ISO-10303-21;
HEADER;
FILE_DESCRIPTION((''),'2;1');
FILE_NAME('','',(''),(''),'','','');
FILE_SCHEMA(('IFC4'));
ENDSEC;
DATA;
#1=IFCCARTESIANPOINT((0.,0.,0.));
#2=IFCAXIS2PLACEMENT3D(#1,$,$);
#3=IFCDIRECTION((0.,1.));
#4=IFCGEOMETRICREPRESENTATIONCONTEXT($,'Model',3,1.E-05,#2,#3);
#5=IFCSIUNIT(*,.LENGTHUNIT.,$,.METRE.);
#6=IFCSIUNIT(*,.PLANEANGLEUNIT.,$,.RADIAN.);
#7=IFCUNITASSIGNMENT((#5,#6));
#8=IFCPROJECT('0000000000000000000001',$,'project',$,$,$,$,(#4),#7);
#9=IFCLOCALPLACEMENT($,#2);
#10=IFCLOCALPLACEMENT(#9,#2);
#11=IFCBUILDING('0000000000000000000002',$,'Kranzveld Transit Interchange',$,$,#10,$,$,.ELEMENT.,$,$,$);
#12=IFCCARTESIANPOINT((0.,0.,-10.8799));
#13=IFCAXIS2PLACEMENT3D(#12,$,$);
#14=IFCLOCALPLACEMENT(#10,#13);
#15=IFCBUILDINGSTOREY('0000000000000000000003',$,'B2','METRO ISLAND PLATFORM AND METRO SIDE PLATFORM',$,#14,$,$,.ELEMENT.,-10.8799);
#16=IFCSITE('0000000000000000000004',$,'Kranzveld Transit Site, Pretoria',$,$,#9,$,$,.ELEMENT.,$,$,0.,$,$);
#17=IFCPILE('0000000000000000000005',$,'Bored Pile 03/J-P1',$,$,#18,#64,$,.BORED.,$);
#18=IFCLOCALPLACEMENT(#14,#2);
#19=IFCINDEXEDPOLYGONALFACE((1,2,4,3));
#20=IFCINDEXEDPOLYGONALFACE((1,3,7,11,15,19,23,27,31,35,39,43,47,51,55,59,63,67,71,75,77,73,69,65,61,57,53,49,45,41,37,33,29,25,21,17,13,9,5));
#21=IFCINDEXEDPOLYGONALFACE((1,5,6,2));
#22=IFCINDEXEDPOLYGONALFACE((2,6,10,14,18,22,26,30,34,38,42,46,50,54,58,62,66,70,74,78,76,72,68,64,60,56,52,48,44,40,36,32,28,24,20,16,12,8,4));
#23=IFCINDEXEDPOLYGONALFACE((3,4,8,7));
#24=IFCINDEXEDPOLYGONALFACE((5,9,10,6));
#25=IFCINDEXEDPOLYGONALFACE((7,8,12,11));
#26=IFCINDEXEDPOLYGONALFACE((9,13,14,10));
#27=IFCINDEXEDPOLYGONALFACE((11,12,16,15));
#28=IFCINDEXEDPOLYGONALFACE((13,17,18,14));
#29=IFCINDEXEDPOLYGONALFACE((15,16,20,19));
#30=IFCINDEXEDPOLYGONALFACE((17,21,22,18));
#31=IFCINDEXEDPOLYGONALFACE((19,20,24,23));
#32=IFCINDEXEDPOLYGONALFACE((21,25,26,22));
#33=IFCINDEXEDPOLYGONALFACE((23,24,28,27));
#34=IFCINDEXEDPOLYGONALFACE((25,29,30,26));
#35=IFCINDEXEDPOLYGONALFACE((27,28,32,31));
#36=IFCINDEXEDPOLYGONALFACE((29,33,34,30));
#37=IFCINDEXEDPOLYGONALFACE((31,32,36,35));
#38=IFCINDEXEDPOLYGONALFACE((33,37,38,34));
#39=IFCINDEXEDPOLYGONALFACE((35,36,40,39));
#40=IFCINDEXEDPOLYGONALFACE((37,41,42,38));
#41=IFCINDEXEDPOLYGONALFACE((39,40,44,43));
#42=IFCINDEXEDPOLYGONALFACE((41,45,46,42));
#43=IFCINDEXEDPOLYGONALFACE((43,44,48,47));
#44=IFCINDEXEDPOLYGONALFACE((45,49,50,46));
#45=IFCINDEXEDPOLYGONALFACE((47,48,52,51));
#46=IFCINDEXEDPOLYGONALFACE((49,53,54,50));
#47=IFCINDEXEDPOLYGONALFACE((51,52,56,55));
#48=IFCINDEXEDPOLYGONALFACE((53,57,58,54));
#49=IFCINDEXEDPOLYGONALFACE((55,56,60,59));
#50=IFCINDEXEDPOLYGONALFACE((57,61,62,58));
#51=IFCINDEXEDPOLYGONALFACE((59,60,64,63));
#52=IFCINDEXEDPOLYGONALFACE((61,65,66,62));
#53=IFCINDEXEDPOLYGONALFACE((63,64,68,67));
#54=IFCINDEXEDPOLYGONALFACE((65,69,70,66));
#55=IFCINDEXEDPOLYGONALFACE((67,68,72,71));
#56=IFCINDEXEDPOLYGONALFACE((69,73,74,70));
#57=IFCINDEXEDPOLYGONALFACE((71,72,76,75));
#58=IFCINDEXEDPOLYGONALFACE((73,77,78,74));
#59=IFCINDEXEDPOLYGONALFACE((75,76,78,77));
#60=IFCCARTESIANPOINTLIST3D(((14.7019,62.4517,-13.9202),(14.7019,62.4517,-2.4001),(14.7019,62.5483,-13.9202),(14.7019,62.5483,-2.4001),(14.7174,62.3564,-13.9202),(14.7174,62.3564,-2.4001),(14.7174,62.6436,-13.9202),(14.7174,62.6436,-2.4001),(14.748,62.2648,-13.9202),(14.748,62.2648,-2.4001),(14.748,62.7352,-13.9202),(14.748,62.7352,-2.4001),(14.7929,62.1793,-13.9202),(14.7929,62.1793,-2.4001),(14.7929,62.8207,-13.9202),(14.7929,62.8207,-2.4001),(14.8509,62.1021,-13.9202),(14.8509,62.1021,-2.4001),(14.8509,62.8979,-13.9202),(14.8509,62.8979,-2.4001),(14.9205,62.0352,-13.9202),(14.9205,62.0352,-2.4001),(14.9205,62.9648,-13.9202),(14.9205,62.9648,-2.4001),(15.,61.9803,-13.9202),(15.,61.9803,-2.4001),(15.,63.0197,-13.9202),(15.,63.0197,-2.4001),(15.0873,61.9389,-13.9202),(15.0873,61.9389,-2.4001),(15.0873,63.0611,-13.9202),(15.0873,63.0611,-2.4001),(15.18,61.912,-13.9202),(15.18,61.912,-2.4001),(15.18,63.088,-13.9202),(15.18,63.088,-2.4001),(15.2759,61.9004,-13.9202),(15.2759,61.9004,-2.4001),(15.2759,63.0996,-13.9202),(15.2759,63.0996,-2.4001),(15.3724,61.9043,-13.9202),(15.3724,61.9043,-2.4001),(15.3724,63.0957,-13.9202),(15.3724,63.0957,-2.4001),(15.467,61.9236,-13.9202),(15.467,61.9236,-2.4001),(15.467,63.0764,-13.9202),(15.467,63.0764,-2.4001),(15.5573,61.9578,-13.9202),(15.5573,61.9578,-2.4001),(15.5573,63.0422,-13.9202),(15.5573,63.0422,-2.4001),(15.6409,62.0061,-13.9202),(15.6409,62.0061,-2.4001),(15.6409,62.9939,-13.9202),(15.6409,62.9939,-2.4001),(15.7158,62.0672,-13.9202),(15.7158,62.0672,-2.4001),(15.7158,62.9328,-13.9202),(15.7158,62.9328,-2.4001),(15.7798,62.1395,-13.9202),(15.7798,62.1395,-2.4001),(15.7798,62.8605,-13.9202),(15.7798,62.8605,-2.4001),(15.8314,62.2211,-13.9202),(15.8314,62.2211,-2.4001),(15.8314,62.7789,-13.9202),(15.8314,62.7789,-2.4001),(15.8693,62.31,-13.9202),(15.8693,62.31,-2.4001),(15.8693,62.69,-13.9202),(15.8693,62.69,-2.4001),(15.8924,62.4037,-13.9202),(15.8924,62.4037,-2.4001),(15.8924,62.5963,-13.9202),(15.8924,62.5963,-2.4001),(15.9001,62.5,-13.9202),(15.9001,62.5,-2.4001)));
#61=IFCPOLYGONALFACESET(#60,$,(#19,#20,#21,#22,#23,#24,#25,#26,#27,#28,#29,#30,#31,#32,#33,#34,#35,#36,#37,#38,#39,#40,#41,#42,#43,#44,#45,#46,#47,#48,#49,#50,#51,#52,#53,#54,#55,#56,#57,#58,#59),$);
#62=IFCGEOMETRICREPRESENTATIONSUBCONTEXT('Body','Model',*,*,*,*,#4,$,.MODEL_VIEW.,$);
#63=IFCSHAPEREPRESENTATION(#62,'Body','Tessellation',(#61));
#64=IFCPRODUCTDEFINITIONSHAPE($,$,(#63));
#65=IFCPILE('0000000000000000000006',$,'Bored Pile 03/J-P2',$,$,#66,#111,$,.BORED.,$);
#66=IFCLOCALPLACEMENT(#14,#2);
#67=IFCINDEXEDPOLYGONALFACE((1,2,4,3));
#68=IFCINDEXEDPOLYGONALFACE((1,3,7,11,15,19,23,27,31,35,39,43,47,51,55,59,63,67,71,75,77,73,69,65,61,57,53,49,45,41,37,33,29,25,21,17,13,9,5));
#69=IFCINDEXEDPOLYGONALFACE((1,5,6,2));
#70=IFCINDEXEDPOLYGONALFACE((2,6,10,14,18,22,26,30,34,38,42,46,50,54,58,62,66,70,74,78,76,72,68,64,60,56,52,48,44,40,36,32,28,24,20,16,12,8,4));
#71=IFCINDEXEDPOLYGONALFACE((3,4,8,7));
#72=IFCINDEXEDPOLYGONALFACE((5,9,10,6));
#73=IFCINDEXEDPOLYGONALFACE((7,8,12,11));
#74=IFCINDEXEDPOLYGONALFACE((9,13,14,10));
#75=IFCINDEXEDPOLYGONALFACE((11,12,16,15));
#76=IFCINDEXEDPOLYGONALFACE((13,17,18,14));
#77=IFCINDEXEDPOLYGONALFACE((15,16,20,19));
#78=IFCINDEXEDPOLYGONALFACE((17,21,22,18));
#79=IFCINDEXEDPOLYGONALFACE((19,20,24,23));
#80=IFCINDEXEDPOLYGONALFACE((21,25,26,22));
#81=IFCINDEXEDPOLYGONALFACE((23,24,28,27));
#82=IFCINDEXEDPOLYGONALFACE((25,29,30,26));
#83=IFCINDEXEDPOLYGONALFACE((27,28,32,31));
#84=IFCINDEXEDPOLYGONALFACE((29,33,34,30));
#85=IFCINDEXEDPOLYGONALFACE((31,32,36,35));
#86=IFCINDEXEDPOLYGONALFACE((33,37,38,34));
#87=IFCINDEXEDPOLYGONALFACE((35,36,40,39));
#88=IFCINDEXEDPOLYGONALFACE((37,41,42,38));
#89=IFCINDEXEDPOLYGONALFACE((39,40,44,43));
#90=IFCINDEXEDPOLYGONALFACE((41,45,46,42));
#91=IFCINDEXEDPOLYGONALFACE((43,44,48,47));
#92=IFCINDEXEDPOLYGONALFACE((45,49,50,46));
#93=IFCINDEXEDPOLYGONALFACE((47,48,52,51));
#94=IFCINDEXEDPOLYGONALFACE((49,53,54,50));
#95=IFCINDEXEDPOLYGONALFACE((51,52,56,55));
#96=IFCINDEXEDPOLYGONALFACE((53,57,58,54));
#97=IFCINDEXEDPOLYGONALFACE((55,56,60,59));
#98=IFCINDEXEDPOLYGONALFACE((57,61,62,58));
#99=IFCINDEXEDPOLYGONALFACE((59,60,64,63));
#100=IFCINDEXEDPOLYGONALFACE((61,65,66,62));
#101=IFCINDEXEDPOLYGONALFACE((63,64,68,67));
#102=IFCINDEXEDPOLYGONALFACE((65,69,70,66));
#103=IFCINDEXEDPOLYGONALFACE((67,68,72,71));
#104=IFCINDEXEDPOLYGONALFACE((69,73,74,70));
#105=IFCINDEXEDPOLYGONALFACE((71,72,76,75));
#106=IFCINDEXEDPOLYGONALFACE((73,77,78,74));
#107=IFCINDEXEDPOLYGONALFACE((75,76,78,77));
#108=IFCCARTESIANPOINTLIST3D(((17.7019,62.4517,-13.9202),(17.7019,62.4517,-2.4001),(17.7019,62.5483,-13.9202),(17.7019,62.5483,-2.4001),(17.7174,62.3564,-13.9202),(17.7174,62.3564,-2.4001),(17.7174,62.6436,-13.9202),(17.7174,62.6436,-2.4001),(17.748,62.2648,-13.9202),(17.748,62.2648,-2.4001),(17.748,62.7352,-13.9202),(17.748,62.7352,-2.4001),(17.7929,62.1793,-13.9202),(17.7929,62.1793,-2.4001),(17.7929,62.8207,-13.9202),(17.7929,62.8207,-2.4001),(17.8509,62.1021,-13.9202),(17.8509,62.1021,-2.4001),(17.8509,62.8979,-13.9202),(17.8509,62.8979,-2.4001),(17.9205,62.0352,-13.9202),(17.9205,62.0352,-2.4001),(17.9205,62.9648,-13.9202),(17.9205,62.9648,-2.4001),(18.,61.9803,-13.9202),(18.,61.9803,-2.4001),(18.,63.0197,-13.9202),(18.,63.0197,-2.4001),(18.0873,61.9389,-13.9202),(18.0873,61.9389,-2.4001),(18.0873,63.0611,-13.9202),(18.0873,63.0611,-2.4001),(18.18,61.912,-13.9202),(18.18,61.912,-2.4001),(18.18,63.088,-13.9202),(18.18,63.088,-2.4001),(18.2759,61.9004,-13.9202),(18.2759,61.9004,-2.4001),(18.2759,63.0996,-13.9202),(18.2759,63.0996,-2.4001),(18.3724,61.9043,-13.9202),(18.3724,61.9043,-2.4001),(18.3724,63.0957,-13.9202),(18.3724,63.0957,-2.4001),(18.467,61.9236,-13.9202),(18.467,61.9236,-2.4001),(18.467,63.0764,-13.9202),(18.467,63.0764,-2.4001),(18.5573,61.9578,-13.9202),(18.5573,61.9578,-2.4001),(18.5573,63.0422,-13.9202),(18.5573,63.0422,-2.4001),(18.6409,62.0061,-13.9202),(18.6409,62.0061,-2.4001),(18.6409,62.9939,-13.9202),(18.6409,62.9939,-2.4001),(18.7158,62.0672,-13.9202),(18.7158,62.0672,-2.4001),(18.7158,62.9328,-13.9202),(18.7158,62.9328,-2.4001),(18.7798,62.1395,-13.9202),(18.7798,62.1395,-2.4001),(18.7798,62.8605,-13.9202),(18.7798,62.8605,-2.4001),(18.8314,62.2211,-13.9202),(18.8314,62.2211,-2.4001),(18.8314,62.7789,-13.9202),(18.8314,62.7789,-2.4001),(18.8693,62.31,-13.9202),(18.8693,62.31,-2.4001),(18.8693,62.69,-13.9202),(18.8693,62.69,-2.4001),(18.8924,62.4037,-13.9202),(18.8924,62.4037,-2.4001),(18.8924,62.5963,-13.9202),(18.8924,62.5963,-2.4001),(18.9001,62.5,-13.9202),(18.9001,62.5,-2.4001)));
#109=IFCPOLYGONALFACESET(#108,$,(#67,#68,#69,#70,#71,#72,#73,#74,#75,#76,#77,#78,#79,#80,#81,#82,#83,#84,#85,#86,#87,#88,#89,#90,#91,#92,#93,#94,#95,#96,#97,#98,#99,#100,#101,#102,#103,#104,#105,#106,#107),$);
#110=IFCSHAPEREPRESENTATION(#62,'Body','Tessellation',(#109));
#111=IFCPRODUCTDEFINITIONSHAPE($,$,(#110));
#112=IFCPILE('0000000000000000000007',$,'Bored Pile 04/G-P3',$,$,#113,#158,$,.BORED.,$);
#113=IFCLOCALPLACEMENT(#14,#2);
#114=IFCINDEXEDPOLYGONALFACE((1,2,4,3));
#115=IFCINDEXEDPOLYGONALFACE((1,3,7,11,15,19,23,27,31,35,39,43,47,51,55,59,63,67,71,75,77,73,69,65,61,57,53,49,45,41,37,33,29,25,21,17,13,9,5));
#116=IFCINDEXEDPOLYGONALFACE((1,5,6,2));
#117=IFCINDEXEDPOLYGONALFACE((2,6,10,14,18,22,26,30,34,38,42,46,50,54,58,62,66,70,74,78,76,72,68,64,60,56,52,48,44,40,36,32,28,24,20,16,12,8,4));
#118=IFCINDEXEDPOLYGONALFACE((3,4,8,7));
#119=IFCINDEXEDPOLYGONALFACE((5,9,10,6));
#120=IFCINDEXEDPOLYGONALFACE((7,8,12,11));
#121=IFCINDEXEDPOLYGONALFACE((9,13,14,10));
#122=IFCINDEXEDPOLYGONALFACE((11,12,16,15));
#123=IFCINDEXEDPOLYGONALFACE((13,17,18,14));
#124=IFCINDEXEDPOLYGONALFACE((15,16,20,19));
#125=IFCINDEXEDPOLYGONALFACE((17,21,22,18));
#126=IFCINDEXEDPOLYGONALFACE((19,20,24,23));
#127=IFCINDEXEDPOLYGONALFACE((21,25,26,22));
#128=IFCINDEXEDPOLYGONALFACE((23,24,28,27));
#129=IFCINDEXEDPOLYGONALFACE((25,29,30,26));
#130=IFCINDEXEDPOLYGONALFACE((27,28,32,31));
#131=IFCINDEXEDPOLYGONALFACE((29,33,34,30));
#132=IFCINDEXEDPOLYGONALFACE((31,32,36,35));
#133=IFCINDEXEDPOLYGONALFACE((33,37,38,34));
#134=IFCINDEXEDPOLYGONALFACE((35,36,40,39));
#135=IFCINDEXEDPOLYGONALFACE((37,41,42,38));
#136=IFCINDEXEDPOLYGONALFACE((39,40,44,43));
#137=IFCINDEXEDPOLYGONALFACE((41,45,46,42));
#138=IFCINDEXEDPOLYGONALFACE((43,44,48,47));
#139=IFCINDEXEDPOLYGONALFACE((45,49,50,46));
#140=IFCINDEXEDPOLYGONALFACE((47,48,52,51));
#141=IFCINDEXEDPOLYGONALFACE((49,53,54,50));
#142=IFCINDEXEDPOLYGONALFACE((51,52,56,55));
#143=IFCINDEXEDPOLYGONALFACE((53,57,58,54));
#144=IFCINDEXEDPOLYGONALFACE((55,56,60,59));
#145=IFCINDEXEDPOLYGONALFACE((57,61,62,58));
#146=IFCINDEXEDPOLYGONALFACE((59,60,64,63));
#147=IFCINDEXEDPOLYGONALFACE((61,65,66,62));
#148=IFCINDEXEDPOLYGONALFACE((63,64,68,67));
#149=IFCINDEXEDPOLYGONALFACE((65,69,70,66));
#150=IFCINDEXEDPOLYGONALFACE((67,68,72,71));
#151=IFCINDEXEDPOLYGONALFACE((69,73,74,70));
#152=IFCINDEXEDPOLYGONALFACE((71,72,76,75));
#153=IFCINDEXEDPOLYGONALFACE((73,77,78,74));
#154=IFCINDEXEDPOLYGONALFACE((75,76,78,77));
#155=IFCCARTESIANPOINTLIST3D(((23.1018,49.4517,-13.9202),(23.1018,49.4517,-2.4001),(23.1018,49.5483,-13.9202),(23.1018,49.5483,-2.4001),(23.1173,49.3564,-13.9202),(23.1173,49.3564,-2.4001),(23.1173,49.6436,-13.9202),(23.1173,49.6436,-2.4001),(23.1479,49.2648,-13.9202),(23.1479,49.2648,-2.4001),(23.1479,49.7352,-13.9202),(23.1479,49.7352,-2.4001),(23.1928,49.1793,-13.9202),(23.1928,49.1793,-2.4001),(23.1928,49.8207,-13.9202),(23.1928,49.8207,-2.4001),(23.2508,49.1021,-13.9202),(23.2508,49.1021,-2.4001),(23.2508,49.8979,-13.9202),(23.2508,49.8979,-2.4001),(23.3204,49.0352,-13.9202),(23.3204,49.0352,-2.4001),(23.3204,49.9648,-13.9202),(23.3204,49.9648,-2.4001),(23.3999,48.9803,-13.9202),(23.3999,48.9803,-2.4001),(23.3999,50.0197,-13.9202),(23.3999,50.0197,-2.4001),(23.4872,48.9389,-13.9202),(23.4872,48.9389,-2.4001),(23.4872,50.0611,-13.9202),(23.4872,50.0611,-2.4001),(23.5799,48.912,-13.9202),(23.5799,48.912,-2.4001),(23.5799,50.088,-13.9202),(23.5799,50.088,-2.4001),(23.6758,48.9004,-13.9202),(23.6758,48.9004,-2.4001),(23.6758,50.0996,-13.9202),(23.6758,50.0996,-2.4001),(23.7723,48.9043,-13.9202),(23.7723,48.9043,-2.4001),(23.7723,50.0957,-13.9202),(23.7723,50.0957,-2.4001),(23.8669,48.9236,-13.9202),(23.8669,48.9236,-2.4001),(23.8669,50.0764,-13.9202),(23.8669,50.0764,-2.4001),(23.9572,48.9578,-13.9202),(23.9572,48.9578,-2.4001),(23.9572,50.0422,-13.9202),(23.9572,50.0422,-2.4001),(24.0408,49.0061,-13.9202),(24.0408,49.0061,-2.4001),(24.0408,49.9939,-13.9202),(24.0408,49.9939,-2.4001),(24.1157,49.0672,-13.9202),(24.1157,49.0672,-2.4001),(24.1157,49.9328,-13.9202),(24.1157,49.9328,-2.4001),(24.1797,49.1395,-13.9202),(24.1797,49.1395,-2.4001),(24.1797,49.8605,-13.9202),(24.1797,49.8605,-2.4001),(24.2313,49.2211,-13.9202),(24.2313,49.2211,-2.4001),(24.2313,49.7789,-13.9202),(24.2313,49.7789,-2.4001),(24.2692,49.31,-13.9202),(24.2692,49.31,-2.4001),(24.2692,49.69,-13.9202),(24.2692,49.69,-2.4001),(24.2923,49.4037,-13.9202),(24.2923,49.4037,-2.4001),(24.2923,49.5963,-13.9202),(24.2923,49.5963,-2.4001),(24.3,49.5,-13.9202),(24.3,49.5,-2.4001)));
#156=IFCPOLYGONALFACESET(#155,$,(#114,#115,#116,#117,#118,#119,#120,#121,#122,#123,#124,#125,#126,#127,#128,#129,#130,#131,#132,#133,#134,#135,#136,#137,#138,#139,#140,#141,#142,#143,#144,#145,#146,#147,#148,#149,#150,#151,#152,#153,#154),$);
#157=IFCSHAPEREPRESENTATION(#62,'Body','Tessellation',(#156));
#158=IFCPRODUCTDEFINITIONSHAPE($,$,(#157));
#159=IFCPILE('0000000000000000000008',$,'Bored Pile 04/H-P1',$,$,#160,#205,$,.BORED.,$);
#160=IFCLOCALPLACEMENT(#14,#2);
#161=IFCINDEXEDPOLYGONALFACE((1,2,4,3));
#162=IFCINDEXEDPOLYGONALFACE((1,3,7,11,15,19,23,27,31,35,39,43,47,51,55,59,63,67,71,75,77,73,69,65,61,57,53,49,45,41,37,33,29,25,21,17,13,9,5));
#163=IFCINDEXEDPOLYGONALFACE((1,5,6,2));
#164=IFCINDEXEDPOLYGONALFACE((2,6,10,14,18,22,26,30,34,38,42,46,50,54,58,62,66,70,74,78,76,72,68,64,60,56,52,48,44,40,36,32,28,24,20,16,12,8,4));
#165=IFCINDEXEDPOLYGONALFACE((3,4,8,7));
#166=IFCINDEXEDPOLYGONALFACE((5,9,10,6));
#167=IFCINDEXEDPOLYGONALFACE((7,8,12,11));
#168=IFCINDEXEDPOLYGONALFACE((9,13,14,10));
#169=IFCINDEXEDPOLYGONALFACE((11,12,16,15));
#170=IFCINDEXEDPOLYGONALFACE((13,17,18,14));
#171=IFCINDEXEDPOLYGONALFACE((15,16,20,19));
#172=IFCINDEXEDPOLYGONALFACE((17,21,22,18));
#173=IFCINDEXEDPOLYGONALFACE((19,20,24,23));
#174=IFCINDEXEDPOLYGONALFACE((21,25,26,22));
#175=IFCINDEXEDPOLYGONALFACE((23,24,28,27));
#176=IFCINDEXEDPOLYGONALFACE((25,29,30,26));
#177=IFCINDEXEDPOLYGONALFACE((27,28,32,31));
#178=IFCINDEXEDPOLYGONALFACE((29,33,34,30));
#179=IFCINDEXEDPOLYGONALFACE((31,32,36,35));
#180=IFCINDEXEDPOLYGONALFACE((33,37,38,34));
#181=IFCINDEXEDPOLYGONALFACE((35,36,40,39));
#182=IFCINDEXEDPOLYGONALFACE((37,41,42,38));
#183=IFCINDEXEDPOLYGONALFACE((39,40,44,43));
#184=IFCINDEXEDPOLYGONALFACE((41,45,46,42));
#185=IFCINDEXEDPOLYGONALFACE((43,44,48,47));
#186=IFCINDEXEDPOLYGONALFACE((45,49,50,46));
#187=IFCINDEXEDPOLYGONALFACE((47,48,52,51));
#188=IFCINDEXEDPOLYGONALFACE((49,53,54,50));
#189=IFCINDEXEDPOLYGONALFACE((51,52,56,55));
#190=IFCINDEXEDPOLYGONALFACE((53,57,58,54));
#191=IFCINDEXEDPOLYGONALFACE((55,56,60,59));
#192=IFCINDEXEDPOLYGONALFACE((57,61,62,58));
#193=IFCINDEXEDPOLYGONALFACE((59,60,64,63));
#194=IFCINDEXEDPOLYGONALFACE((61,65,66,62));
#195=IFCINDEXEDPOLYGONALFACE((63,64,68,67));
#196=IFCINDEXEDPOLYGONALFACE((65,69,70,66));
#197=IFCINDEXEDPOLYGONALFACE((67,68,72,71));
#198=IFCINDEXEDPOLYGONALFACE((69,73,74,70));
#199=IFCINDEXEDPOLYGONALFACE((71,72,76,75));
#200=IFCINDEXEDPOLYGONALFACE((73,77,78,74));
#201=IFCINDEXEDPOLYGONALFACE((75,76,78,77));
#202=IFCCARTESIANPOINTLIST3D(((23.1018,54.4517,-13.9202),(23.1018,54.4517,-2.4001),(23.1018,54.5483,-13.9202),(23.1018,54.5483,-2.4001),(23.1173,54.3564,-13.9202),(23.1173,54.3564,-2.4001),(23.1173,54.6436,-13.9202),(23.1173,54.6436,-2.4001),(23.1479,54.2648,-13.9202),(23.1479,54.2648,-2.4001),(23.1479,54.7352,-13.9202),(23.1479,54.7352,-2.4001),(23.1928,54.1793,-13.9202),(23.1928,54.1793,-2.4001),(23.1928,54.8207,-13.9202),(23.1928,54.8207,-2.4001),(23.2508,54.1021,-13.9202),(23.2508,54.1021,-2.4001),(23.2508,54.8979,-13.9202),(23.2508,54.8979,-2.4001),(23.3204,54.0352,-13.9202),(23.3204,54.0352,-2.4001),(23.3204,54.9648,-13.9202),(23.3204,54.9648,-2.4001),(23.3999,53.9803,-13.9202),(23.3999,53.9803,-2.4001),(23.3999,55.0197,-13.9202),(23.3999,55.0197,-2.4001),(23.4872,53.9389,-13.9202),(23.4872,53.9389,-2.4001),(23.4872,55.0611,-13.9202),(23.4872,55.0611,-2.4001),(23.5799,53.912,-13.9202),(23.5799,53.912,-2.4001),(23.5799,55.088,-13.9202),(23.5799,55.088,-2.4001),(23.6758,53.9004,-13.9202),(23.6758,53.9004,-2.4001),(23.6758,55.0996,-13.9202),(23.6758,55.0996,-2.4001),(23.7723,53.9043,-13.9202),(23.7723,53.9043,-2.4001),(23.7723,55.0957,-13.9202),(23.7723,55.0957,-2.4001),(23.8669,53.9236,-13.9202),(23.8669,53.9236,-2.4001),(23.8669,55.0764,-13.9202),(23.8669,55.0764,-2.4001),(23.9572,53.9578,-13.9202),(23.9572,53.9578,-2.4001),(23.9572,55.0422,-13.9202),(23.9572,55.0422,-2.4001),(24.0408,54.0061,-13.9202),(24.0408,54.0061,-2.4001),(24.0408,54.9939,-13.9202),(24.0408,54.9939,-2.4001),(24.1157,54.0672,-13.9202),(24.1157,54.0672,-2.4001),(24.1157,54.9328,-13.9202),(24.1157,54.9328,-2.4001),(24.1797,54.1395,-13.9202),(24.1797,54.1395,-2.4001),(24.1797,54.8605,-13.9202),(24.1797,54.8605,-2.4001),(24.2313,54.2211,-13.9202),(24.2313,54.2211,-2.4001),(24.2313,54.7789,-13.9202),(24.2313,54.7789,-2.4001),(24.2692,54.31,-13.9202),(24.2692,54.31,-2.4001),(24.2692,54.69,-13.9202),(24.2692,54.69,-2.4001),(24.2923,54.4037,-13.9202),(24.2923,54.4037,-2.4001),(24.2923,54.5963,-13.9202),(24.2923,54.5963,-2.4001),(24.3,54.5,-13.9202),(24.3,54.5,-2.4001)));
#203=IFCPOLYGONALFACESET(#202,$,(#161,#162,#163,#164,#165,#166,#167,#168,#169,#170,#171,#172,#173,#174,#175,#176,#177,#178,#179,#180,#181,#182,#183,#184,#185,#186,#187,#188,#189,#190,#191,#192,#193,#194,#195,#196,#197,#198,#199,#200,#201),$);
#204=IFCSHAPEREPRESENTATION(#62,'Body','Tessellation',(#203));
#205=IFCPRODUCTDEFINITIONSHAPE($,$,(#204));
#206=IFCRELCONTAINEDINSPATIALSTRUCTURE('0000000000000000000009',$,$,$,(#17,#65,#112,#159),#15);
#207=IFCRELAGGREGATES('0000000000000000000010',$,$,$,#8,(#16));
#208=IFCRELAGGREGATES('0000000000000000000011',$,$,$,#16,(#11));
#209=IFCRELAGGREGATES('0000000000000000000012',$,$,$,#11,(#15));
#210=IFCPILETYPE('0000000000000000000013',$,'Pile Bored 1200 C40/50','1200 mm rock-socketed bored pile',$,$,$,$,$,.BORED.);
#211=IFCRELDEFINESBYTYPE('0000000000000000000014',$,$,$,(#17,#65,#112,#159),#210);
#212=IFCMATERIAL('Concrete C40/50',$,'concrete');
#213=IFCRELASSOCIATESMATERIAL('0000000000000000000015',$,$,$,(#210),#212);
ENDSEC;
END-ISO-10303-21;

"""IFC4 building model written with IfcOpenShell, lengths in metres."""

from ifc_helpers import new_model, si_unit, direction, frame, origin, origin_2d, place, context, subcontext, project, spatial, circle, extrude, material, material_profile, profile_set, type_object, element, save


model = new_model("IFC4")

# Units and contexts
model_context = context("Model", 3, precision=1e-05, world=origin(), true_north=direction((0.0, 1.0)))
body_context = subcontext(model_context, "Body", "Model", "MODEL_VIEW")
ifc_project = project(units=[si_unit("LENGTHUNIT", "METRE"), si_unit("PLANEANGLEUNIT", "RADIAN")], contexts=[model_context])

# Site, building, storey
site_placement = place(None, origin())
site = spatial("IfcSite", under=ifc_project, at=site_placement, Name="Kranzveld Transit Site, Pretoria", CompositionType="ELEMENT", RefElevation=0.0)
building_placement = place(site_placement, origin())
building = spatial("IfcBuilding", under=site, at=building_placement, Name="Kranzveld Transit Interchange", CompositionType="ELEMENT")
storey_placement = place(building_placement, frame((0.0, 0.0, -10.8799)))
storey = spatial("IfcBuildingStorey", under=building, at=storey_placement, Name="B2", Description="METRO ISLAND PLATFORM AND METRO SIDE PLATFORM", CompositionType="ELEMENT", Elevation=-10.8799)

# Piles
ifc_material_1 = material(Name="Concrete C40/50", Category="concrete")
ifc_material_profile_1 = material_profile(ifc_material_1, circle(Radius=0.6001, at=origin_2d()), Name="BORED PILE 1200")
ifc_profile_set_1 = profile_set([ifc_material_profile_1], Name="Concrete C40/50")
pile_type = type_object("IfcPileType", Name="Pile Bored 1200 C40/50", Description="1200 mm rock-socketed bored pile", PredefinedType="BORED", material=ifc_profile_set_1)
for number, where, z_axis, x_axis, name in (
    (1, (15.3, 62.5, -2.4001), (0.0, 0.0, -1.0), (1.0, 0.0, 0.0), "Bored Pile 03/J-P1"),
    (2, (18.3, 62.5, -2.4001), (0.0, 0.0, -1.0), (1.0, 0.0, 0.0), "Bored Pile 03/J-P2"),
    (3, (23.7, 49.5, -2.4001), (0.0, 0.0, -1.0), (1.0, 0.0, 0.0), "Bored Pile 04/G-P3"),
    (4, (23.7, 54.5, -2.4001), (0.0, 0.0, -1.0), (1.0, 0.0, 0.0), "Bored Pile 04/H-P1"),
):
    element("IfcPile", number, at=place(storey_placement, frame(where, z_axis=z_axis, x_axis=x_axis)), inside=storey, type_object=pile_type, Name=name, PredefinedType="BORED", context=body_context, shape_type="SweptSolid", body=[
        extrude(circle(Radius=0.6001, at=origin_2d()), origin(), (0.0, 0.0, 1.0), 11.52),
    ])

save(model, "model.ifc")
